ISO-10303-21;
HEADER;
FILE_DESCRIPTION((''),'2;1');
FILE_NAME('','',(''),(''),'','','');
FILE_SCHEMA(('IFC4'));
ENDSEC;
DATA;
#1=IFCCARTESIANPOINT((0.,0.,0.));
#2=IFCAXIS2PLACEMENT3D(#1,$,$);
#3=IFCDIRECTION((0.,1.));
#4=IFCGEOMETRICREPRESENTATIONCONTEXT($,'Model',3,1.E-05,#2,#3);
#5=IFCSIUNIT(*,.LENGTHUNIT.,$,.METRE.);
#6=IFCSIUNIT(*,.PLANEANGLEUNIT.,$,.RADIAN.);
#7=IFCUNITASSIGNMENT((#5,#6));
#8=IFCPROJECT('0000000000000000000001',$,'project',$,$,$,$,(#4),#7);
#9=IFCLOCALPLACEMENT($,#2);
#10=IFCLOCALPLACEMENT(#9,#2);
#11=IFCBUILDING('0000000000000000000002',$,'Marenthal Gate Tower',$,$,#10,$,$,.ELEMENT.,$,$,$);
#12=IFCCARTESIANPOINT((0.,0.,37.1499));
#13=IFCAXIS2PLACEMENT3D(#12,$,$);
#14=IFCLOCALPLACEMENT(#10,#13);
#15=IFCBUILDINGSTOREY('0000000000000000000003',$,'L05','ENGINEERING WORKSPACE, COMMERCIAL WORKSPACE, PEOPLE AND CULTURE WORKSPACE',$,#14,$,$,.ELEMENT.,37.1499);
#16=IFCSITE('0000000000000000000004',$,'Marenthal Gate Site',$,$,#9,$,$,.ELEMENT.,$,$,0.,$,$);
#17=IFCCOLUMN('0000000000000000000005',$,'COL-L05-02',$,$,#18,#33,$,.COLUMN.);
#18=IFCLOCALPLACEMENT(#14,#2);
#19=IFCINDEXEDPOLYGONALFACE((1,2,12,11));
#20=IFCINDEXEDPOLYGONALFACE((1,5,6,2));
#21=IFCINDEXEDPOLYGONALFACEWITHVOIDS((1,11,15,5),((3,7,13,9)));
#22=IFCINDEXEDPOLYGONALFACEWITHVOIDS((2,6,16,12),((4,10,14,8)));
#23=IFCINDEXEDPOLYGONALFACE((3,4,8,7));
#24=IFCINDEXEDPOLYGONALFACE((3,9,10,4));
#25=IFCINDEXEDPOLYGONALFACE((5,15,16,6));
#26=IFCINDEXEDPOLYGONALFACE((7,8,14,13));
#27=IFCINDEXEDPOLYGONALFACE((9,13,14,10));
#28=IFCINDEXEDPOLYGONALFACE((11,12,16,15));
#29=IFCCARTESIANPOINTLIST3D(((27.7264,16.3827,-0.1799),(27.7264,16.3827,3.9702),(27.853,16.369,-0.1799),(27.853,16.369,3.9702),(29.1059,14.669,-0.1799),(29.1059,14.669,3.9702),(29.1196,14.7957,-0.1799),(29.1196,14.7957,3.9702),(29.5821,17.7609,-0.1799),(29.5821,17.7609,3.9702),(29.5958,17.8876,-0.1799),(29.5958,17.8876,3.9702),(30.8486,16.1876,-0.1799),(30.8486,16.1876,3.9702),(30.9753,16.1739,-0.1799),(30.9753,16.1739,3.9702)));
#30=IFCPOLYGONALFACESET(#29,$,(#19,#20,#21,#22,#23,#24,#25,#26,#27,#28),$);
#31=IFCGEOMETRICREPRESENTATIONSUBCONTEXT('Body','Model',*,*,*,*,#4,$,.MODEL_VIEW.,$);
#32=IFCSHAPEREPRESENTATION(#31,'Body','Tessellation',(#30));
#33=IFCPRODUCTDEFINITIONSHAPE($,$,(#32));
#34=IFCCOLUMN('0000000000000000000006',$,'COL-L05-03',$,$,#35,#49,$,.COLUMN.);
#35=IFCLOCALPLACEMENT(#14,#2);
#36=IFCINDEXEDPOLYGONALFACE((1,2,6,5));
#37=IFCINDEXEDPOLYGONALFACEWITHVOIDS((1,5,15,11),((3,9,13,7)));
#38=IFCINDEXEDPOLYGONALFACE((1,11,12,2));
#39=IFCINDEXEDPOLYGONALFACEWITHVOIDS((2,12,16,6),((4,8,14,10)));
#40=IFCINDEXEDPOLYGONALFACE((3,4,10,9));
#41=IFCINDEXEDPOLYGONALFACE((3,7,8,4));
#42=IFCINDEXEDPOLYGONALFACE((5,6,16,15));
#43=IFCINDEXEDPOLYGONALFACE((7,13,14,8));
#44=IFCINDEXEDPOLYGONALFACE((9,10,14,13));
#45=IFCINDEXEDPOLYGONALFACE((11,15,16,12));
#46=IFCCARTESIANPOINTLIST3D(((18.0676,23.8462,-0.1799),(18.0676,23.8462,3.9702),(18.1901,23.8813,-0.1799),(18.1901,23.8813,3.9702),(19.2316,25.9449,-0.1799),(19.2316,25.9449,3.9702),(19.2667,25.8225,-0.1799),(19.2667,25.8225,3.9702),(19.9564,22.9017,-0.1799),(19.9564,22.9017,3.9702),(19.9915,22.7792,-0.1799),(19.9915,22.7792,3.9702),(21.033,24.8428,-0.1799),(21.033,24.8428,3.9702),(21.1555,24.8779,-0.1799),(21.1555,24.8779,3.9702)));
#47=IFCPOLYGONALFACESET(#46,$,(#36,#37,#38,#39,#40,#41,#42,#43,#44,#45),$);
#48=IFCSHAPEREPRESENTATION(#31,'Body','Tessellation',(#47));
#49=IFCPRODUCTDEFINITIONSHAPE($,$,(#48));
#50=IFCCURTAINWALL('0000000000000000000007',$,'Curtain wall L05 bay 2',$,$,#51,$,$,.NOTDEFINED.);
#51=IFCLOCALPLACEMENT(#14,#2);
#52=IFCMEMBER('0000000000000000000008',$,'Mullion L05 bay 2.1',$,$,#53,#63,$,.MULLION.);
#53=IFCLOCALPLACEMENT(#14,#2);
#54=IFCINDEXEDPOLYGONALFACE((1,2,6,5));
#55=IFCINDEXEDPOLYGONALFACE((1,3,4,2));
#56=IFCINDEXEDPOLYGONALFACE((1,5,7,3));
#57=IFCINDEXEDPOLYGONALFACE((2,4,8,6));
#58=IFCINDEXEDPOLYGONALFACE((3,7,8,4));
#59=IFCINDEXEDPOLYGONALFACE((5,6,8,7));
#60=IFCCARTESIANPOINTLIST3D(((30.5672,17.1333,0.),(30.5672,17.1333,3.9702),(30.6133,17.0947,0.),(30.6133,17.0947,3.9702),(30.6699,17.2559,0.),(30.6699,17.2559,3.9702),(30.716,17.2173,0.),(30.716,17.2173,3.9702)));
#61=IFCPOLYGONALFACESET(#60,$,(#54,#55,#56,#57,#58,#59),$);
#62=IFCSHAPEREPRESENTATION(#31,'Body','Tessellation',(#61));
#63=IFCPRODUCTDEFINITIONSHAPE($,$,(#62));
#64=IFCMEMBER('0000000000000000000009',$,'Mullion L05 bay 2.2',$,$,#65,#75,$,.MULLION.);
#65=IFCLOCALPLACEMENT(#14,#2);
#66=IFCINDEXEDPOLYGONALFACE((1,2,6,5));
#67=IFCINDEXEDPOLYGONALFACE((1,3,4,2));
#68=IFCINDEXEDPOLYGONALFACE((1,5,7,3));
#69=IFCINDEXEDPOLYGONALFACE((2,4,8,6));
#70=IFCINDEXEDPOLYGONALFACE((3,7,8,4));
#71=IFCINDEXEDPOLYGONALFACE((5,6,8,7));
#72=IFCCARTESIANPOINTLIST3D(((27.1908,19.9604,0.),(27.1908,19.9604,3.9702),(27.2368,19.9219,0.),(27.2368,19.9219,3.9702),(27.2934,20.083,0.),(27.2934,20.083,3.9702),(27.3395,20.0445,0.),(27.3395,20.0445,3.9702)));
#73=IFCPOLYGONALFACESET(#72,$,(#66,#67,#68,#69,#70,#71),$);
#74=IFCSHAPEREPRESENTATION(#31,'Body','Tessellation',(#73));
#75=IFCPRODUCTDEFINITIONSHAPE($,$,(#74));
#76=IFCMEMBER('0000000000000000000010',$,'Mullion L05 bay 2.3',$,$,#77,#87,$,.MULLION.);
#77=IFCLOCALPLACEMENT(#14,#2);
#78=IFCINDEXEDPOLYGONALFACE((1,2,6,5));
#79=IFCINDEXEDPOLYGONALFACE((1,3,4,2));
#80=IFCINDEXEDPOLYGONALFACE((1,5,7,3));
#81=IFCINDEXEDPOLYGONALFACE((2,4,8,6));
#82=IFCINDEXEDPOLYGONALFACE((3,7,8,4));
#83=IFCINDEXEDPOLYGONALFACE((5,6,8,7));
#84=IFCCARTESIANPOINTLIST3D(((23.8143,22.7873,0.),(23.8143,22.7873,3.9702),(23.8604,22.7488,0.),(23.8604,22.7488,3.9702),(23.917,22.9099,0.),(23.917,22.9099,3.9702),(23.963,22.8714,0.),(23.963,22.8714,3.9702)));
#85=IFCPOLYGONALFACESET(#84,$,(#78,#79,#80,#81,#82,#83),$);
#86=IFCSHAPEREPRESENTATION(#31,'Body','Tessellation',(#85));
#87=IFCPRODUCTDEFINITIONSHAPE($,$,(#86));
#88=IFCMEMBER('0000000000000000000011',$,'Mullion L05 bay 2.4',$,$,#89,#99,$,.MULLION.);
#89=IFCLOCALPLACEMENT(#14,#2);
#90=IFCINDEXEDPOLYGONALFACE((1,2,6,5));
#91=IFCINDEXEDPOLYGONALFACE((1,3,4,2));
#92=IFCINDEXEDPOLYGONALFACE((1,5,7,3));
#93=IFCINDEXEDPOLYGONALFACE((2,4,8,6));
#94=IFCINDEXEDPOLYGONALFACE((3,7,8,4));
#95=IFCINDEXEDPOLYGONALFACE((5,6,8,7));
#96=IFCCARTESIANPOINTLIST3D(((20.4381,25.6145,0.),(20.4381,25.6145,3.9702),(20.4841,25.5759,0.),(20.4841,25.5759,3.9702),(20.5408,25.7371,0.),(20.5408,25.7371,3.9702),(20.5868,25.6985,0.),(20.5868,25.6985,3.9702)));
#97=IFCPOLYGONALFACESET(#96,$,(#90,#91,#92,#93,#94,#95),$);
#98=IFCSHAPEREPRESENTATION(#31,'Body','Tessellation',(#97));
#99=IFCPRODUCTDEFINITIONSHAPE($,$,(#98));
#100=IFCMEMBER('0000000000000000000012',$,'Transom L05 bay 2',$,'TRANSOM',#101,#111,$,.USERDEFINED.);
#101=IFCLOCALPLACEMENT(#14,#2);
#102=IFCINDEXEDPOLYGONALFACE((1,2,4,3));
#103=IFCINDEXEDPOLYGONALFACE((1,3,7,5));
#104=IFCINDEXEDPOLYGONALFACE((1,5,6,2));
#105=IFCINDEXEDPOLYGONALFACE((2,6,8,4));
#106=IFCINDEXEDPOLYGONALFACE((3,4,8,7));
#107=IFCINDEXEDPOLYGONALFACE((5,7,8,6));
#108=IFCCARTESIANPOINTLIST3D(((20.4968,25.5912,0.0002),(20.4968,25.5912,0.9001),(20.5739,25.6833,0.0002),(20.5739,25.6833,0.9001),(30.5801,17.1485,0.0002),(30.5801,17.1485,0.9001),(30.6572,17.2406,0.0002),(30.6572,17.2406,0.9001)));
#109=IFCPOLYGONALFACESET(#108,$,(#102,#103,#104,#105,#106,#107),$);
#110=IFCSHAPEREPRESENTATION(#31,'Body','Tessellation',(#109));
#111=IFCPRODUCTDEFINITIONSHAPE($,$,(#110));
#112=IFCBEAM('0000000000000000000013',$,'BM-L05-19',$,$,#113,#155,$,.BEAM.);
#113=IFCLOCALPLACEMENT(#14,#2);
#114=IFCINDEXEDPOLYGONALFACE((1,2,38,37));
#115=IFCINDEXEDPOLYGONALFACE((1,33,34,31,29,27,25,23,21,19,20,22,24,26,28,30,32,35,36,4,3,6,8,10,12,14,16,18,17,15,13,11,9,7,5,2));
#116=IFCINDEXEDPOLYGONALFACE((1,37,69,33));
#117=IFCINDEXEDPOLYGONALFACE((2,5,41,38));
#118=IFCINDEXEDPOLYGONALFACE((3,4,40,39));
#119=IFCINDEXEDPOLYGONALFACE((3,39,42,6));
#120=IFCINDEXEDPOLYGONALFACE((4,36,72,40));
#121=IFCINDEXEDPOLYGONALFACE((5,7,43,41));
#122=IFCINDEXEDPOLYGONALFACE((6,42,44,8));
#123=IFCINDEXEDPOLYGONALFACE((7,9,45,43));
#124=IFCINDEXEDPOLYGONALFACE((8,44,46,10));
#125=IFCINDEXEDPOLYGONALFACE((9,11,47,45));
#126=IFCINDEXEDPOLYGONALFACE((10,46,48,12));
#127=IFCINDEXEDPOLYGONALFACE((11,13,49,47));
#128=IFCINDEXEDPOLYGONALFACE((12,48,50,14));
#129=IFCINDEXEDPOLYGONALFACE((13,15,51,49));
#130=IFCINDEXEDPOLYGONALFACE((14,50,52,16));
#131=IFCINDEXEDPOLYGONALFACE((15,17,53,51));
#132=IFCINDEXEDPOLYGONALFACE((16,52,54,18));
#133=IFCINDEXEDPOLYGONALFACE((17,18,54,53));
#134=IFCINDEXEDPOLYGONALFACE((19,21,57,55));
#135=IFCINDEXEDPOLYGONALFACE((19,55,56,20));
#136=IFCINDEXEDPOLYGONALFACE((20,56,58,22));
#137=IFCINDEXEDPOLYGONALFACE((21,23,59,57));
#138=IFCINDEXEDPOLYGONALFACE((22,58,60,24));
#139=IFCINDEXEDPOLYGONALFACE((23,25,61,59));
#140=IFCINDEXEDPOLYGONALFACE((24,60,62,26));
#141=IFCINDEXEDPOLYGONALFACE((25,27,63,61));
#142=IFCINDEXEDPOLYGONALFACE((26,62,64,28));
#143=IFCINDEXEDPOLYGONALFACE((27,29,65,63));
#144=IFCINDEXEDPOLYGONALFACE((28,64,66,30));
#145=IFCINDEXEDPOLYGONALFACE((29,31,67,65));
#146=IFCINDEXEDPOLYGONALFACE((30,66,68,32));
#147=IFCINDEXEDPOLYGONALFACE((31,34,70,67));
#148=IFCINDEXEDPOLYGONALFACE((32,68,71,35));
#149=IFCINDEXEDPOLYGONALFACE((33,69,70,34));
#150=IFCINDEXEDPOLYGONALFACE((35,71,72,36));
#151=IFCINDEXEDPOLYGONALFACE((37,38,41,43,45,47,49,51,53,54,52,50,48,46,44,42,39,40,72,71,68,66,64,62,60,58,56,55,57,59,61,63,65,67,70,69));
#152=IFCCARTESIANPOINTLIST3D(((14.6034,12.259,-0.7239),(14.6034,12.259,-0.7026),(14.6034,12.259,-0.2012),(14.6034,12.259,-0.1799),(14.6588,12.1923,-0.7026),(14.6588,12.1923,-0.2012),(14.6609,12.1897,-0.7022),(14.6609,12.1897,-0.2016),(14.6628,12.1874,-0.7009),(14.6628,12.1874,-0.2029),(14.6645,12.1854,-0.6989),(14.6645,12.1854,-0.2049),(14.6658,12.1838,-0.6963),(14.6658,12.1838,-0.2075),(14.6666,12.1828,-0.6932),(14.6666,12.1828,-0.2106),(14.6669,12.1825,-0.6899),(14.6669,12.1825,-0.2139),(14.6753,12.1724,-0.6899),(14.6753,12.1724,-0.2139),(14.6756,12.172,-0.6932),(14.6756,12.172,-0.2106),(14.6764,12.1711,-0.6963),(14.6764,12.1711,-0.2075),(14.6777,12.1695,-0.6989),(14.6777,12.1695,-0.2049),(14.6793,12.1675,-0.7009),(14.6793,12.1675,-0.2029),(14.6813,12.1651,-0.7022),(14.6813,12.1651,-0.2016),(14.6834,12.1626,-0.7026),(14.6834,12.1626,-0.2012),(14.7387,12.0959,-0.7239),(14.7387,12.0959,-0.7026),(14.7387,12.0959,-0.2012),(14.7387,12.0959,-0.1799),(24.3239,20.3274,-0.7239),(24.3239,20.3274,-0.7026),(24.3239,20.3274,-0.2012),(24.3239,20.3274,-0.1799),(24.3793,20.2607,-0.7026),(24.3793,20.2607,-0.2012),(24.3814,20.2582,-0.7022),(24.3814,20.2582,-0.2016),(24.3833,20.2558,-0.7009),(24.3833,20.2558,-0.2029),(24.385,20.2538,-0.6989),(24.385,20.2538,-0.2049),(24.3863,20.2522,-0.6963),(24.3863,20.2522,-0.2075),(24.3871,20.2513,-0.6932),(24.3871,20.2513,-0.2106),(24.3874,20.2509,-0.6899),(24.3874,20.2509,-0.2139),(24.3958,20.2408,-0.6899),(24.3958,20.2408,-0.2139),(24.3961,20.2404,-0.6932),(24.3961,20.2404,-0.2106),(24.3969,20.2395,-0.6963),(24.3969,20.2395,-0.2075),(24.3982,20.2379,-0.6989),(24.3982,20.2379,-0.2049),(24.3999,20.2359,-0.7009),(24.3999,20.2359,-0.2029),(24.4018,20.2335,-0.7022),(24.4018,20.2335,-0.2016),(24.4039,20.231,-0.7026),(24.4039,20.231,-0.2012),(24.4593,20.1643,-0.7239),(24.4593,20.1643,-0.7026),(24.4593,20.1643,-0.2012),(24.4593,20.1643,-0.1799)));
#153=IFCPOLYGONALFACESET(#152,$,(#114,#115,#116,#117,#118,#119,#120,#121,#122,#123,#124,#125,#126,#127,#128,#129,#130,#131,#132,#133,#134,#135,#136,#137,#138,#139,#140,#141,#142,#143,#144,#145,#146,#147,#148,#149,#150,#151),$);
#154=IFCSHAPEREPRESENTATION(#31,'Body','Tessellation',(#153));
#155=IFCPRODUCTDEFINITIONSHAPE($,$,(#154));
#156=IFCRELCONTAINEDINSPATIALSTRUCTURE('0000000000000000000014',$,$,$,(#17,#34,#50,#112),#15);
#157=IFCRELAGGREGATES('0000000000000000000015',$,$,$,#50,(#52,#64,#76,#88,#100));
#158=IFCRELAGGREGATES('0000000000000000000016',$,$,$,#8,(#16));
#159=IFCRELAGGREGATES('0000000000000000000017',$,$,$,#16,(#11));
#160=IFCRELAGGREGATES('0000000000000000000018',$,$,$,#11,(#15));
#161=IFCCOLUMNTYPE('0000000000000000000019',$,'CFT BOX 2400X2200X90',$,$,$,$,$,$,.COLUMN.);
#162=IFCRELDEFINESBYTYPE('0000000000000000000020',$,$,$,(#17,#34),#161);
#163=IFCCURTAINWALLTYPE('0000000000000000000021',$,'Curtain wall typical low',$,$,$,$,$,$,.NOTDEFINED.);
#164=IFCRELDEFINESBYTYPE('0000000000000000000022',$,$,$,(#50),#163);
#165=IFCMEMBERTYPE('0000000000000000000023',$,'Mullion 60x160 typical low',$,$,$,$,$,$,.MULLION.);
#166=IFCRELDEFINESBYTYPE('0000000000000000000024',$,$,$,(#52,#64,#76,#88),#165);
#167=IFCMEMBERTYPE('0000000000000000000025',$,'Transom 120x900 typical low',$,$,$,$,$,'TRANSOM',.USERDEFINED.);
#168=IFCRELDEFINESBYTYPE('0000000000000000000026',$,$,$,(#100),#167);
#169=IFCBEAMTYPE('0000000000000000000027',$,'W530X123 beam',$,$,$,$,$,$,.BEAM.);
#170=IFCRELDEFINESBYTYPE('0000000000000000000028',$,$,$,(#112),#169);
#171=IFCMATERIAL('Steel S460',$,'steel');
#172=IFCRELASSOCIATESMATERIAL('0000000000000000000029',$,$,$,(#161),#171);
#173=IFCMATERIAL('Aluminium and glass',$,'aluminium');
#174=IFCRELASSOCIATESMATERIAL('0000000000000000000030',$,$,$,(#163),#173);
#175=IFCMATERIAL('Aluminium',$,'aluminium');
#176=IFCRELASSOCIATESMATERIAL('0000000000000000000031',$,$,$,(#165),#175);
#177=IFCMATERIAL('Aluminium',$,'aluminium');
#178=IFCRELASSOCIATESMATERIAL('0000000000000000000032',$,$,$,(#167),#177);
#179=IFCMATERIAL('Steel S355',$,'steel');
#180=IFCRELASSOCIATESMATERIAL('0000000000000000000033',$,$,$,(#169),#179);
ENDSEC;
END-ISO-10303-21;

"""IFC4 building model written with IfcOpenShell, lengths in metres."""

from ifc_helpers import new_model, si_unit, direction, frame, origin, origin_2d, place, context, subcontext, project, spatial, rectangle, hollow_rectangle, i_section, extrude, material, material_profile, profile_set, type_object, element, aggregate, save


model = new_model("IFC4")

# Units and contexts
model_context = context("Model", 3, precision=1e-05, world=origin(), true_north=direction((0.0, 1.0)))
body_context = subcontext(model_context, "Body", "Model", "MODEL_VIEW")
ifc_project = project(units=[si_unit("LENGTHUNIT", "METRE"), si_unit("PLANEANGLEUNIT", "RADIAN")], contexts=[model_context])

# Site, building, storey
site_placement = place(None, origin())
site = spatial("IfcSite", under=ifc_project, at=site_placement, Name="Marenthal Gate Site", CompositionType="ELEMENT", RefElevation=0.0)
building_placement = place(site_placement, origin())
building = spatial("IfcBuilding", under=site, at=building_placement, Name="Marenthal Gate Tower", CompositionType="ELEMENT")
storey_placement = place(building_placement, frame((0.0, 0.0, 37.1499)))
storey = spatial("IfcBuildingStorey", under=building, at=storey_placement, Name="L05", Description="ENGINEERING WORKSPACE, COMMERCIAL WORKSPACE, PEOPLE AND CULTURE WORKSPACE", CompositionType="ELEMENT", Elevation=37.1499)

# Columns
ifc_material_1 = material(Name="Steel S460", Category="steel")
ifc_material_profile_1 = material_profile(ifc_material_1, hollow_rectangle(XDim=2.2, YDim=2.3999, WallThickness=0.0901, at=origin_2d()), Name="CFT BOX 2400X2200X90")
ifc_material_2 = material(Name="Concrete 70 MPa", Category="concrete")
ifc_material_profile_2 = material_profile(ifc_material_2, rectangle(XDim=2.02, YDim=2.22, at=origin_2d()), Name="CFT BOX 2400X2200X90 INFILL")
ifc_profile_set_1 = profile_set([ifc_material_profile_1, ifc_material_profile_2], Name="Steel S460 shell, Concrete 70 MPa infill")
column_type = type_object("IfcColumnType", Name="CFT BOX 2400X2200X90", PredefinedType="COLUMN", material=ifc_profile_set_1)
for number, where, z_axis, x_axis, name in (
    (1, (29.3508, 16.2783, -0.1799), (0.0, 0.0, 1.0), (0.62707, -0.778963, 0.0), "COL-L05-02"),
    (2, (19.6116, 24.3621, -0.1799), (0.0, 0.0, 1.0), (0.874509, -0.48501, 0.0), "COL-L05-03"),
):
    element("IfcColumn", number, at=place(storey_placement, frame(where, z_axis=z_axis, x_axis=x_axis)), inside=storey, type_object=column_type, Name=name, PredefinedType="COLUMN", context=body_context, shape_type="SweptSolid", body=[
        extrude(hollow_rectangle(XDim=2.2, YDim=2.3999, WallThickness=0.0901, at=origin_2d()), origin(), (0.0, 0.0, 1.0), 4.1501),
    ])

# Curtain wall, members
ifc_material_3 = material(Name="Aluminium and glass", Category="aluminium")
curtain_wall_type = type_object("IfcCurtainWallType", Name="Curtain wall typical low", PredefinedType="NOTDEFINED", material=ifc_material_3)
curtain_wall_placement = place(storey_placement, origin())
curtain_wall = element("IfcCurtainWall", 3, at=curtain_wall_placement, inside=storey, type_object=curtain_wall_type, Name="Curtain wall L05 bay 2", PredefinedType="NOTDEFINED")
ifc_material_4 = material(Name="Aluminium", Category="aluminium")
ifc_material_profile_3 = material_profile(ifc_material_4, rectangle(XDim=0.1599, YDim=0.0601, at=origin_2d()), Name="60x160 aluminium mullion")
ifc_profile_set_2 = profile_set([ifc_material_profile_3], Name="Aluminium")
member_type_1 = type_object("IfcMemberType", Name="Mullion 60x160 typical low", PredefinedType="MULLION", material=ifc_profile_set_2)
member_1_placement = place(storey_placement, frame((30.6416, 17.1753, 0.0), z_axis=(0.0, 0.0, 1.0), x_axis=(-0.641982, -0.76672, 0.0)))
member_1 = element("IfcMember", 4, at=member_1_placement, type_object=member_type_1, Name="Mullion L05 bay 2.1", PredefinedType="MULLION", context=body_context, shape_type="SweptSolid", body=[
    extrude(rectangle(XDim=0.1599, YDim=0.0601, at=origin_2d()), origin(), (0.0, 0.0, 1.0), 3.9702),
])
member_2_placement = place(storey_placement, frame((27.2651, 20.0024, 0.0), z_axis=(0.0, 0.0, 1.0), x_axis=(-0.641982, -0.76672, 0.0)))
member_2 = element("IfcMember", 5, at=member_2_placement, type_object=member_type_1, Name="Mullion L05 bay 2.2", PredefinedType="MULLION", context=body_context, shape_type="SweptSolid", body=[
    extrude(rectangle(XDim=0.1599, YDim=0.0601, at=origin_2d()), origin(), (0.0, 0.0, 1.0), 3.9702),
])
member_3_placement = place(storey_placement, frame((23.8887, 22.8293, 0.0), z_axis=(0.0, 0.0, 1.0), x_axis=(-0.641982, -0.76672, 0.0)))
member_3 = element("IfcMember", 6, at=member_3_placement, type_object=member_type_1, Name="Mullion L05 bay 2.3", PredefinedType="MULLION", context=body_context, shape_type="SweptSolid", body=[
    extrude(rectangle(XDim=0.1599, YDim=0.0601, at=origin_2d()), origin(), (0.0, 0.0, 1.0), 3.9702),
])
member_4_placement = place(storey_placement, frame((20.5125, 25.6565, 0.0), z_axis=(0.0, 0.0, 1.0), x_axis=(-0.641982, -0.76672, 0.0)))
member_4 = element("IfcMember", 7, at=member_4_placement, type_object=member_type_1, Name="Mullion L05 bay 2.4", PredefinedType="MULLION", context=body_context, shape_type="SweptSolid", body=[
    extrude(rectangle(XDim=0.1599, YDim=0.0601, at=origin_2d()), origin(), (0.0, 0.0, 1.0), 3.9702),
])
ifc_material_5 = material(Name="Aluminium", Category="aluminium")
ifc_material_profile_4 = material_profile(ifc_material_5, rectangle(XDim=0.1201, YDim=0.8999, at=origin_2d()), Name="120x900 aluminium transom")
ifc_profile_set_3 = profile_set([ifc_material_profile_4], Name="Aluminium")
member_type_2 = type_object("IfcMemberType", Name="Transom 120x900 typical low", ElementType="TRANSOM", PredefinedType="USERDEFINED", material=ifc_profile_set_3)
member_5_placement = place(storey_placement, frame((30.6187, 17.1946, 0.4502), z_axis=(-0.766726, 0.641974, 0.0), x_axis=(-0.641974, -0.766726, 0.0)))
member_5 = element("IfcMember", 8, at=member_5_placement, type_object=member_type_2, Name="Transom L05 bay 2", ObjectType="TRANSOM", PredefinedType="USERDEFINED", context=body_context, shape_type="SweptSolid", body=[
    extrude(rectangle(XDim=0.1201, YDim=0.8999, at=origin_2d()), origin(), (0.0, 0.0, 1.0), 13.1511),
])

# Beam
ifc_material_6 = material(Name="Steel S355", Category="steel")
ifc_material_profile_5 = material_profile(ifc_material_6, i_section(OverallWidth=0.2119, OverallDepth=0.5439, WebThickness=0.0132, FlangeThickness=0.0212, FilletRadius=0.0127, at=origin_2d()), Name="W530X123")
ifc_profile_set_4 = profile_set([ifc_material_profile_5], Name="Steel S355")
beam_type_1 = type_object("IfcBeamType", Name="W530X123 beam", PredefinedType="BEAM", material=ifc_profile_set_4)
beam_1_placement = place(storey_placement, frame((24.3916, 20.2458, -0.4519), z_axis=(-0.769467, -0.638687, 0.0), x_axis=(0.638687, -0.769467, 0.0)))
element("IfcBeam", 9, at=beam_1_placement, inside=storey, type_object=beam_type_1, Name="BM-L05-19", PredefinedType="BEAM", context=body_context, shape_type="SweptSolid", body=[
    extrude(i_section(OverallWidth=0.2119, OverallDepth=0.5439, WebThickness=0.0132, FlangeThickness=0.0212, FilletRadius=0.0127, at=origin_2d()), origin(), (0.0, 0.0, 1.0), 12.6328),
])

aggregate(curtain_wall, [member_1, member_2, member_3, member_4, member_5])

save(model, "model.ifc")
